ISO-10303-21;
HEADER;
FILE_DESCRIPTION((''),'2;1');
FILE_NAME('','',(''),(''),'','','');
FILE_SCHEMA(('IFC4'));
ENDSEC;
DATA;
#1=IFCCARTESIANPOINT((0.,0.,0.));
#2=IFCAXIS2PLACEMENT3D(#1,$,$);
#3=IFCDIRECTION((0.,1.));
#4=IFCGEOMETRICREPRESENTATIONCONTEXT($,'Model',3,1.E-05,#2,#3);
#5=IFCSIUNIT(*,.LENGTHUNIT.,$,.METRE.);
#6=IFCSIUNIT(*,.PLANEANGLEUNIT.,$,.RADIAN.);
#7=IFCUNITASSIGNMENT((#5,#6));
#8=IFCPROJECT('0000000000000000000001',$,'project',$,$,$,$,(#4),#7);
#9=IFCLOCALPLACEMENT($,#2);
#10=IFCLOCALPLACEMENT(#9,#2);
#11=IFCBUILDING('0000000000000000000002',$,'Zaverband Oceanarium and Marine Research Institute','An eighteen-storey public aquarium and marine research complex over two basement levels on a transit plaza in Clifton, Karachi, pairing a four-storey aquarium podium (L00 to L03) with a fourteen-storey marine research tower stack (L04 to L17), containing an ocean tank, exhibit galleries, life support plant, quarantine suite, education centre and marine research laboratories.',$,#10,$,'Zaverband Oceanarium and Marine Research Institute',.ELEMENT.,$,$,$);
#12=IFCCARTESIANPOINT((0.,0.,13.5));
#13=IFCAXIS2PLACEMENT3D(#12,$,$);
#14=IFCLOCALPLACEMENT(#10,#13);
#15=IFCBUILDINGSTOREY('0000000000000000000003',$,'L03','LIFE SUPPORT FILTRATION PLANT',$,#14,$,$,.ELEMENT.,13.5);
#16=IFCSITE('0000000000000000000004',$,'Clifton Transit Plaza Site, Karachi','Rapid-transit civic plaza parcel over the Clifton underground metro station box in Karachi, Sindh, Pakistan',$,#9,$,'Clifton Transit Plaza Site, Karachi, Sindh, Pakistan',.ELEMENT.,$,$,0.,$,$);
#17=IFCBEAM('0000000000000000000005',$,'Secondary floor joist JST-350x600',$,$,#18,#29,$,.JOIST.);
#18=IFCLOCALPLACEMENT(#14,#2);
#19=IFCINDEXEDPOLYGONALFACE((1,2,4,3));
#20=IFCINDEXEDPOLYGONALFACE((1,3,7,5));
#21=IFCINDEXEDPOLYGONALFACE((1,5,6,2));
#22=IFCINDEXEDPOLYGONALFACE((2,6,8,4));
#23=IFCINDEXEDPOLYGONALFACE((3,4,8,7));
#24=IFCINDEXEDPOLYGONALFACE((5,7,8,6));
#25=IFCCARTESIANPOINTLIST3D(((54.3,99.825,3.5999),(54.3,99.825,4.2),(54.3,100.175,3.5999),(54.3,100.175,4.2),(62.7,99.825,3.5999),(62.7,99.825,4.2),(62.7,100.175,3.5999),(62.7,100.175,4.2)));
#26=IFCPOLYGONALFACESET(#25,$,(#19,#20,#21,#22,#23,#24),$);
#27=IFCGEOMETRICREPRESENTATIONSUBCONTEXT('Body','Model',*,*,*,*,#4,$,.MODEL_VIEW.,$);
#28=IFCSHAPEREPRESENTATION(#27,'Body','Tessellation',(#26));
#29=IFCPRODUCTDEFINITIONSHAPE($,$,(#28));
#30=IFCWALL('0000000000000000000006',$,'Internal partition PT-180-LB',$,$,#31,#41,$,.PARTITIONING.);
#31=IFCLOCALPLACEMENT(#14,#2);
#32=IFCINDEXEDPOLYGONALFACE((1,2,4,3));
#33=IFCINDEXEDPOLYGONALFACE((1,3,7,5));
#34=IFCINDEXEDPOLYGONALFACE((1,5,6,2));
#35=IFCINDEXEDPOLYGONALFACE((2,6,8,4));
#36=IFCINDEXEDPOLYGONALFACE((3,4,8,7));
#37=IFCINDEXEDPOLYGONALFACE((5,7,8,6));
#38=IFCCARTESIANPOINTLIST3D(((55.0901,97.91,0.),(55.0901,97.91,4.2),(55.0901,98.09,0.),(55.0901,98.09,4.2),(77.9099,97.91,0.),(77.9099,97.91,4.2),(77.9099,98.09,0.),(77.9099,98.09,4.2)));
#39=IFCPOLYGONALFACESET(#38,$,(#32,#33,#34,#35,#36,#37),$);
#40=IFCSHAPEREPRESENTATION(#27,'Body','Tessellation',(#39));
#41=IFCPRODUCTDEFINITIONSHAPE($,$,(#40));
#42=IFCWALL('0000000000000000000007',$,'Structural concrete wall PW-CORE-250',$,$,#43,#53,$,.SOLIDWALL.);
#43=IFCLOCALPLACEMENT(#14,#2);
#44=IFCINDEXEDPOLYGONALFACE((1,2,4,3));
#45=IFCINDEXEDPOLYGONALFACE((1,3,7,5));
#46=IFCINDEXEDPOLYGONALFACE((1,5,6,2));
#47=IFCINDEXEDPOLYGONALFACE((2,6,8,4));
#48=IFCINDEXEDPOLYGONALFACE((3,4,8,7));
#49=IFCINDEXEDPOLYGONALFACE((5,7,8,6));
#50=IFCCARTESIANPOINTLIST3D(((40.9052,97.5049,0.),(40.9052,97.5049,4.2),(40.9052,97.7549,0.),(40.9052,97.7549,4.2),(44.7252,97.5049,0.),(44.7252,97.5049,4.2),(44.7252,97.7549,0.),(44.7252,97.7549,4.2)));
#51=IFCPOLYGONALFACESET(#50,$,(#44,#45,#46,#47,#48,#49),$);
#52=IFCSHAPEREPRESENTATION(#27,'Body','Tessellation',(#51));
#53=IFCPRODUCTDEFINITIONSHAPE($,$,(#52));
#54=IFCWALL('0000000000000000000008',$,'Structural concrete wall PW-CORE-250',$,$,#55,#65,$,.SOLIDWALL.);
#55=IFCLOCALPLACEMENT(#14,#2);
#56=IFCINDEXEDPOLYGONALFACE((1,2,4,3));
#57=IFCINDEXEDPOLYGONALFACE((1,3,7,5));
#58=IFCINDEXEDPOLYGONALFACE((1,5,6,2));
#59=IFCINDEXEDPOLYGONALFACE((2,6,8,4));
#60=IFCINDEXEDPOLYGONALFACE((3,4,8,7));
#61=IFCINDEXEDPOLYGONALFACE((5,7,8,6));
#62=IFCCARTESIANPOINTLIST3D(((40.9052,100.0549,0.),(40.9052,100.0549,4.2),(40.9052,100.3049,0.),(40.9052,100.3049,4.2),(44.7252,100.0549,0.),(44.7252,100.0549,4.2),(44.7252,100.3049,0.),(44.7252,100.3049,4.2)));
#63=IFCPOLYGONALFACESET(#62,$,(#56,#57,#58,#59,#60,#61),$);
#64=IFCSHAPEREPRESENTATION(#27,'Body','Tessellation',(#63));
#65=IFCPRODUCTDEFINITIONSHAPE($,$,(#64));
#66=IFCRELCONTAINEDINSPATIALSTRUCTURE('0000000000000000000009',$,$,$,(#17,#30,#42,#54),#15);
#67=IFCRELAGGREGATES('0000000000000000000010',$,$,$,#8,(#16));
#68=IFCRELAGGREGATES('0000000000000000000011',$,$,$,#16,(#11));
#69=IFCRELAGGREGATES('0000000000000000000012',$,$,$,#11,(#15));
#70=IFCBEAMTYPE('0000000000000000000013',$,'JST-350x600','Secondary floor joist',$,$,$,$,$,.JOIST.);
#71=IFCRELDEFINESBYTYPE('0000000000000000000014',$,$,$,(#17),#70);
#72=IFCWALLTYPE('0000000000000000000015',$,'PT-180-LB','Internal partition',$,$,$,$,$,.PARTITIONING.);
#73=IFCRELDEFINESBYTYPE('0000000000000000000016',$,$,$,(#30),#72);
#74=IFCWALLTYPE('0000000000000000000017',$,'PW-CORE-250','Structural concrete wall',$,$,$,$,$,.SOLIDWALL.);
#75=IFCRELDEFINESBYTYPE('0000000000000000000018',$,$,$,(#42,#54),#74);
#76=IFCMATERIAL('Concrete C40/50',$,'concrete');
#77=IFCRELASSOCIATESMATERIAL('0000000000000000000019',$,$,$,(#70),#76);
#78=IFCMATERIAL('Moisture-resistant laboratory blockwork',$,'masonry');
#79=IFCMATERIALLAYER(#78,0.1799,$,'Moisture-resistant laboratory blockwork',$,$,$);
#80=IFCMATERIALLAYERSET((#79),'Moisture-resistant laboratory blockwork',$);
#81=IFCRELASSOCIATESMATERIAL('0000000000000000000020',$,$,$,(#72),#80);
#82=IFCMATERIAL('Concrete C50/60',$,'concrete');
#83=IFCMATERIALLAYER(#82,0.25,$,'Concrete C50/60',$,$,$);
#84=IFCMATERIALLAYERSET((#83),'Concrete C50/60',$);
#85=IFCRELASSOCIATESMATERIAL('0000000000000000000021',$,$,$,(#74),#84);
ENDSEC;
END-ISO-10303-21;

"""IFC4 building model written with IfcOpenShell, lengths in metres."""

from ifc_helpers import new_model, si_unit, direction, frame, frame_2d, origin, origin_2d, place, context, subcontext, project, spatial, rectangle, extrude, material, layer, layer_set, material_profile, profile_set, type_object, element, save


model = new_model("IFC4")

# Units and contexts
model_context = context("Model", 3, precision=1e-05, world=origin(), true_north=direction((0.0, 1.0)))
body_context = subcontext(model_context, "Body", "Model", "MODEL_VIEW")
ifc_project = project(units=[si_unit("LENGTHUNIT", "METRE"), si_unit("PLANEANGLEUNIT", "RADIAN")], contexts=[model_context])

# Site, building, storey
site_placement = place(None, origin())
site = spatial("IfcSite", under=ifc_project, at=site_placement, Name="Clifton Transit Plaza Site, Karachi", Description="Rapid-transit civic plaza parcel over the Clifton underground metro station box in Karachi, Sindh, Pakistan", LongName="Clifton Transit Plaza Site, Karachi, Sindh, Pakistan", CompositionType="ELEMENT", RefElevation=0.0)
building_placement = place(site_placement, origin())
building = spatial("IfcBuilding", under=site, at=building_placement, Name="Zaverband Oceanarium and Marine Research Institute", Description="An eighteen-storey public aquarium and marine research complex over two basement levels on a transit plaza in Clifton, Karachi, pairing a four-storey aquarium podium (L00 to L03) with a fourteen-storey marine research tower stack (L04 to L17), containing an ocean tank, exhibit galleries, life support plant, quarantine suite, education centre and marine research laboratories.", LongName="Zaverband Oceanarium and Marine Research Institute", CompositionType="ELEMENT")
storey_placement = place(building_placement, frame((0.0, 0.0, 13.5)))
storey = spatial("IfcBuildingStorey", under=building, at=storey_placement, Name="L03", Description="LIFE SUPPORT FILTRATION PLANT", CompositionType="ELEMENT", Elevation=13.5)

# Shared definitions
ifc_material_1 = material(Name="Concrete C50/60", Category="concrete")

# Beam
ifc_material_2 = material(Name="Concrete C40/50", Category="concrete")
ifc_material_profile_1 = material_profile(ifc_material_2, rectangle(XDim=0.3501, YDim=0.6001, at=origin_2d()), Name="RC350x600")
ifc_profile_set_1 = profile_set([ifc_material_profile_1], Name="Concrete C40/50")
beam_type_1 = type_object("IfcBeamType", Name="JST-350x600", Description="Secondary floor joist", PredefinedType="JOIST", material=ifc_profile_set_1)
for number, where, z_axis, x_axis, name in (
    (1, (54.3, 100.0, 3.8999), (1.0, 0.0, 0.0), (0.0, 1.0, 0.0), "Secondary floor joist JST-350x600"),
):
    element("IfcBeam", number, at=place(storey_placement, frame(where, z_axis=z_axis, x_axis=x_axis)), inside=storey, type_object=beam_type_1, Name=name, PredefinedType="JOIST", context=body_context, shape_type="SweptSolid", body=[
        extrude(rectangle(XDim=0.3501, YDim=0.6001, at=origin_2d()), origin(), (0.0, 0.0, 1.0), 8.3999),
    ])

# Walls
ifc_material_3 = material(Name="Moisture-resistant laboratory blockwork", Category="masonry")
ifc_layer_1 = layer(ifc_material_3, 0.1799, Name="Moisture-resistant laboratory blockwork")
ifc_layer_set_1 = layer_set([ifc_layer_1], Name="Moisture-resistant laboratory blockwork")
wall_type_1 = type_object("IfcWallType", Name="PT-180-LB", Description="Internal partition", PredefinedType="PARTITIONING", material=ifc_layer_set_1)
wall_placement = place(storey_placement, frame((55.0901, 98.0, 0.0), z_axis=(0.0, 0.0, 1.0), x_axis=(1.0, 0.0, 0.0)))
element("IfcWall", 2, at=wall_placement, inside=storey, type_object=wall_type_1, Name="Internal partition PT-180-LB", PredefinedType="PARTITIONING", context=body_context, shape_type="SweptSolid", body=[
    extrude(rectangle(XDim=22.8198, YDim=0.1799, at=frame_2d((11.4099, 0.0))), origin(), (0.0, 0.0, 1.0), 4.2),
])
ifc_layer_2 = layer(ifc_material_1, 0.25, Name="Concrete C50/60")
ifc_layer_set_2 = layer_set([ifc_layer_2], Name="Concrete C50/60")
wall_type_2 = type_object("IfcWallType", Name="PW-CORE-250", Description="Structural concrete wall", PredefinedType="SOLIDWALL", material=ifc_layer_set_2)
for number, where, z_axis, x_axis, name in (
    (3, (40.905, 97.6299, 0.0), (0.0, 0.0, 1.0), (1.0, 0.0, 0.0), "Structural concrete wall PW-CORE-250"),
    (4, (40.905, 100.1799, 0.0), (0.0, 0.0, 1.0), (1.0, 0.0, 0.0), "Structural concrete wall PW-CORE-250"),
):
    element("IfcWall", number, at=place(storey_placement, frame(where, z_axis=z_axis, x_axis=x_axis)), inside=storey, type_object=wall_type_2, Name=name, PredefinedType="SOLIDWALL", context=body_context, shape_type="SweptSolid", body=[
        extrude(rectangle(XDim=3.8201, YDim=0.25, at=frame_2d((1.9102, 0.0))), origin(), (0.0, 0.0, 1.0), 4.2),
    ])

save(model, "model.ifc")
